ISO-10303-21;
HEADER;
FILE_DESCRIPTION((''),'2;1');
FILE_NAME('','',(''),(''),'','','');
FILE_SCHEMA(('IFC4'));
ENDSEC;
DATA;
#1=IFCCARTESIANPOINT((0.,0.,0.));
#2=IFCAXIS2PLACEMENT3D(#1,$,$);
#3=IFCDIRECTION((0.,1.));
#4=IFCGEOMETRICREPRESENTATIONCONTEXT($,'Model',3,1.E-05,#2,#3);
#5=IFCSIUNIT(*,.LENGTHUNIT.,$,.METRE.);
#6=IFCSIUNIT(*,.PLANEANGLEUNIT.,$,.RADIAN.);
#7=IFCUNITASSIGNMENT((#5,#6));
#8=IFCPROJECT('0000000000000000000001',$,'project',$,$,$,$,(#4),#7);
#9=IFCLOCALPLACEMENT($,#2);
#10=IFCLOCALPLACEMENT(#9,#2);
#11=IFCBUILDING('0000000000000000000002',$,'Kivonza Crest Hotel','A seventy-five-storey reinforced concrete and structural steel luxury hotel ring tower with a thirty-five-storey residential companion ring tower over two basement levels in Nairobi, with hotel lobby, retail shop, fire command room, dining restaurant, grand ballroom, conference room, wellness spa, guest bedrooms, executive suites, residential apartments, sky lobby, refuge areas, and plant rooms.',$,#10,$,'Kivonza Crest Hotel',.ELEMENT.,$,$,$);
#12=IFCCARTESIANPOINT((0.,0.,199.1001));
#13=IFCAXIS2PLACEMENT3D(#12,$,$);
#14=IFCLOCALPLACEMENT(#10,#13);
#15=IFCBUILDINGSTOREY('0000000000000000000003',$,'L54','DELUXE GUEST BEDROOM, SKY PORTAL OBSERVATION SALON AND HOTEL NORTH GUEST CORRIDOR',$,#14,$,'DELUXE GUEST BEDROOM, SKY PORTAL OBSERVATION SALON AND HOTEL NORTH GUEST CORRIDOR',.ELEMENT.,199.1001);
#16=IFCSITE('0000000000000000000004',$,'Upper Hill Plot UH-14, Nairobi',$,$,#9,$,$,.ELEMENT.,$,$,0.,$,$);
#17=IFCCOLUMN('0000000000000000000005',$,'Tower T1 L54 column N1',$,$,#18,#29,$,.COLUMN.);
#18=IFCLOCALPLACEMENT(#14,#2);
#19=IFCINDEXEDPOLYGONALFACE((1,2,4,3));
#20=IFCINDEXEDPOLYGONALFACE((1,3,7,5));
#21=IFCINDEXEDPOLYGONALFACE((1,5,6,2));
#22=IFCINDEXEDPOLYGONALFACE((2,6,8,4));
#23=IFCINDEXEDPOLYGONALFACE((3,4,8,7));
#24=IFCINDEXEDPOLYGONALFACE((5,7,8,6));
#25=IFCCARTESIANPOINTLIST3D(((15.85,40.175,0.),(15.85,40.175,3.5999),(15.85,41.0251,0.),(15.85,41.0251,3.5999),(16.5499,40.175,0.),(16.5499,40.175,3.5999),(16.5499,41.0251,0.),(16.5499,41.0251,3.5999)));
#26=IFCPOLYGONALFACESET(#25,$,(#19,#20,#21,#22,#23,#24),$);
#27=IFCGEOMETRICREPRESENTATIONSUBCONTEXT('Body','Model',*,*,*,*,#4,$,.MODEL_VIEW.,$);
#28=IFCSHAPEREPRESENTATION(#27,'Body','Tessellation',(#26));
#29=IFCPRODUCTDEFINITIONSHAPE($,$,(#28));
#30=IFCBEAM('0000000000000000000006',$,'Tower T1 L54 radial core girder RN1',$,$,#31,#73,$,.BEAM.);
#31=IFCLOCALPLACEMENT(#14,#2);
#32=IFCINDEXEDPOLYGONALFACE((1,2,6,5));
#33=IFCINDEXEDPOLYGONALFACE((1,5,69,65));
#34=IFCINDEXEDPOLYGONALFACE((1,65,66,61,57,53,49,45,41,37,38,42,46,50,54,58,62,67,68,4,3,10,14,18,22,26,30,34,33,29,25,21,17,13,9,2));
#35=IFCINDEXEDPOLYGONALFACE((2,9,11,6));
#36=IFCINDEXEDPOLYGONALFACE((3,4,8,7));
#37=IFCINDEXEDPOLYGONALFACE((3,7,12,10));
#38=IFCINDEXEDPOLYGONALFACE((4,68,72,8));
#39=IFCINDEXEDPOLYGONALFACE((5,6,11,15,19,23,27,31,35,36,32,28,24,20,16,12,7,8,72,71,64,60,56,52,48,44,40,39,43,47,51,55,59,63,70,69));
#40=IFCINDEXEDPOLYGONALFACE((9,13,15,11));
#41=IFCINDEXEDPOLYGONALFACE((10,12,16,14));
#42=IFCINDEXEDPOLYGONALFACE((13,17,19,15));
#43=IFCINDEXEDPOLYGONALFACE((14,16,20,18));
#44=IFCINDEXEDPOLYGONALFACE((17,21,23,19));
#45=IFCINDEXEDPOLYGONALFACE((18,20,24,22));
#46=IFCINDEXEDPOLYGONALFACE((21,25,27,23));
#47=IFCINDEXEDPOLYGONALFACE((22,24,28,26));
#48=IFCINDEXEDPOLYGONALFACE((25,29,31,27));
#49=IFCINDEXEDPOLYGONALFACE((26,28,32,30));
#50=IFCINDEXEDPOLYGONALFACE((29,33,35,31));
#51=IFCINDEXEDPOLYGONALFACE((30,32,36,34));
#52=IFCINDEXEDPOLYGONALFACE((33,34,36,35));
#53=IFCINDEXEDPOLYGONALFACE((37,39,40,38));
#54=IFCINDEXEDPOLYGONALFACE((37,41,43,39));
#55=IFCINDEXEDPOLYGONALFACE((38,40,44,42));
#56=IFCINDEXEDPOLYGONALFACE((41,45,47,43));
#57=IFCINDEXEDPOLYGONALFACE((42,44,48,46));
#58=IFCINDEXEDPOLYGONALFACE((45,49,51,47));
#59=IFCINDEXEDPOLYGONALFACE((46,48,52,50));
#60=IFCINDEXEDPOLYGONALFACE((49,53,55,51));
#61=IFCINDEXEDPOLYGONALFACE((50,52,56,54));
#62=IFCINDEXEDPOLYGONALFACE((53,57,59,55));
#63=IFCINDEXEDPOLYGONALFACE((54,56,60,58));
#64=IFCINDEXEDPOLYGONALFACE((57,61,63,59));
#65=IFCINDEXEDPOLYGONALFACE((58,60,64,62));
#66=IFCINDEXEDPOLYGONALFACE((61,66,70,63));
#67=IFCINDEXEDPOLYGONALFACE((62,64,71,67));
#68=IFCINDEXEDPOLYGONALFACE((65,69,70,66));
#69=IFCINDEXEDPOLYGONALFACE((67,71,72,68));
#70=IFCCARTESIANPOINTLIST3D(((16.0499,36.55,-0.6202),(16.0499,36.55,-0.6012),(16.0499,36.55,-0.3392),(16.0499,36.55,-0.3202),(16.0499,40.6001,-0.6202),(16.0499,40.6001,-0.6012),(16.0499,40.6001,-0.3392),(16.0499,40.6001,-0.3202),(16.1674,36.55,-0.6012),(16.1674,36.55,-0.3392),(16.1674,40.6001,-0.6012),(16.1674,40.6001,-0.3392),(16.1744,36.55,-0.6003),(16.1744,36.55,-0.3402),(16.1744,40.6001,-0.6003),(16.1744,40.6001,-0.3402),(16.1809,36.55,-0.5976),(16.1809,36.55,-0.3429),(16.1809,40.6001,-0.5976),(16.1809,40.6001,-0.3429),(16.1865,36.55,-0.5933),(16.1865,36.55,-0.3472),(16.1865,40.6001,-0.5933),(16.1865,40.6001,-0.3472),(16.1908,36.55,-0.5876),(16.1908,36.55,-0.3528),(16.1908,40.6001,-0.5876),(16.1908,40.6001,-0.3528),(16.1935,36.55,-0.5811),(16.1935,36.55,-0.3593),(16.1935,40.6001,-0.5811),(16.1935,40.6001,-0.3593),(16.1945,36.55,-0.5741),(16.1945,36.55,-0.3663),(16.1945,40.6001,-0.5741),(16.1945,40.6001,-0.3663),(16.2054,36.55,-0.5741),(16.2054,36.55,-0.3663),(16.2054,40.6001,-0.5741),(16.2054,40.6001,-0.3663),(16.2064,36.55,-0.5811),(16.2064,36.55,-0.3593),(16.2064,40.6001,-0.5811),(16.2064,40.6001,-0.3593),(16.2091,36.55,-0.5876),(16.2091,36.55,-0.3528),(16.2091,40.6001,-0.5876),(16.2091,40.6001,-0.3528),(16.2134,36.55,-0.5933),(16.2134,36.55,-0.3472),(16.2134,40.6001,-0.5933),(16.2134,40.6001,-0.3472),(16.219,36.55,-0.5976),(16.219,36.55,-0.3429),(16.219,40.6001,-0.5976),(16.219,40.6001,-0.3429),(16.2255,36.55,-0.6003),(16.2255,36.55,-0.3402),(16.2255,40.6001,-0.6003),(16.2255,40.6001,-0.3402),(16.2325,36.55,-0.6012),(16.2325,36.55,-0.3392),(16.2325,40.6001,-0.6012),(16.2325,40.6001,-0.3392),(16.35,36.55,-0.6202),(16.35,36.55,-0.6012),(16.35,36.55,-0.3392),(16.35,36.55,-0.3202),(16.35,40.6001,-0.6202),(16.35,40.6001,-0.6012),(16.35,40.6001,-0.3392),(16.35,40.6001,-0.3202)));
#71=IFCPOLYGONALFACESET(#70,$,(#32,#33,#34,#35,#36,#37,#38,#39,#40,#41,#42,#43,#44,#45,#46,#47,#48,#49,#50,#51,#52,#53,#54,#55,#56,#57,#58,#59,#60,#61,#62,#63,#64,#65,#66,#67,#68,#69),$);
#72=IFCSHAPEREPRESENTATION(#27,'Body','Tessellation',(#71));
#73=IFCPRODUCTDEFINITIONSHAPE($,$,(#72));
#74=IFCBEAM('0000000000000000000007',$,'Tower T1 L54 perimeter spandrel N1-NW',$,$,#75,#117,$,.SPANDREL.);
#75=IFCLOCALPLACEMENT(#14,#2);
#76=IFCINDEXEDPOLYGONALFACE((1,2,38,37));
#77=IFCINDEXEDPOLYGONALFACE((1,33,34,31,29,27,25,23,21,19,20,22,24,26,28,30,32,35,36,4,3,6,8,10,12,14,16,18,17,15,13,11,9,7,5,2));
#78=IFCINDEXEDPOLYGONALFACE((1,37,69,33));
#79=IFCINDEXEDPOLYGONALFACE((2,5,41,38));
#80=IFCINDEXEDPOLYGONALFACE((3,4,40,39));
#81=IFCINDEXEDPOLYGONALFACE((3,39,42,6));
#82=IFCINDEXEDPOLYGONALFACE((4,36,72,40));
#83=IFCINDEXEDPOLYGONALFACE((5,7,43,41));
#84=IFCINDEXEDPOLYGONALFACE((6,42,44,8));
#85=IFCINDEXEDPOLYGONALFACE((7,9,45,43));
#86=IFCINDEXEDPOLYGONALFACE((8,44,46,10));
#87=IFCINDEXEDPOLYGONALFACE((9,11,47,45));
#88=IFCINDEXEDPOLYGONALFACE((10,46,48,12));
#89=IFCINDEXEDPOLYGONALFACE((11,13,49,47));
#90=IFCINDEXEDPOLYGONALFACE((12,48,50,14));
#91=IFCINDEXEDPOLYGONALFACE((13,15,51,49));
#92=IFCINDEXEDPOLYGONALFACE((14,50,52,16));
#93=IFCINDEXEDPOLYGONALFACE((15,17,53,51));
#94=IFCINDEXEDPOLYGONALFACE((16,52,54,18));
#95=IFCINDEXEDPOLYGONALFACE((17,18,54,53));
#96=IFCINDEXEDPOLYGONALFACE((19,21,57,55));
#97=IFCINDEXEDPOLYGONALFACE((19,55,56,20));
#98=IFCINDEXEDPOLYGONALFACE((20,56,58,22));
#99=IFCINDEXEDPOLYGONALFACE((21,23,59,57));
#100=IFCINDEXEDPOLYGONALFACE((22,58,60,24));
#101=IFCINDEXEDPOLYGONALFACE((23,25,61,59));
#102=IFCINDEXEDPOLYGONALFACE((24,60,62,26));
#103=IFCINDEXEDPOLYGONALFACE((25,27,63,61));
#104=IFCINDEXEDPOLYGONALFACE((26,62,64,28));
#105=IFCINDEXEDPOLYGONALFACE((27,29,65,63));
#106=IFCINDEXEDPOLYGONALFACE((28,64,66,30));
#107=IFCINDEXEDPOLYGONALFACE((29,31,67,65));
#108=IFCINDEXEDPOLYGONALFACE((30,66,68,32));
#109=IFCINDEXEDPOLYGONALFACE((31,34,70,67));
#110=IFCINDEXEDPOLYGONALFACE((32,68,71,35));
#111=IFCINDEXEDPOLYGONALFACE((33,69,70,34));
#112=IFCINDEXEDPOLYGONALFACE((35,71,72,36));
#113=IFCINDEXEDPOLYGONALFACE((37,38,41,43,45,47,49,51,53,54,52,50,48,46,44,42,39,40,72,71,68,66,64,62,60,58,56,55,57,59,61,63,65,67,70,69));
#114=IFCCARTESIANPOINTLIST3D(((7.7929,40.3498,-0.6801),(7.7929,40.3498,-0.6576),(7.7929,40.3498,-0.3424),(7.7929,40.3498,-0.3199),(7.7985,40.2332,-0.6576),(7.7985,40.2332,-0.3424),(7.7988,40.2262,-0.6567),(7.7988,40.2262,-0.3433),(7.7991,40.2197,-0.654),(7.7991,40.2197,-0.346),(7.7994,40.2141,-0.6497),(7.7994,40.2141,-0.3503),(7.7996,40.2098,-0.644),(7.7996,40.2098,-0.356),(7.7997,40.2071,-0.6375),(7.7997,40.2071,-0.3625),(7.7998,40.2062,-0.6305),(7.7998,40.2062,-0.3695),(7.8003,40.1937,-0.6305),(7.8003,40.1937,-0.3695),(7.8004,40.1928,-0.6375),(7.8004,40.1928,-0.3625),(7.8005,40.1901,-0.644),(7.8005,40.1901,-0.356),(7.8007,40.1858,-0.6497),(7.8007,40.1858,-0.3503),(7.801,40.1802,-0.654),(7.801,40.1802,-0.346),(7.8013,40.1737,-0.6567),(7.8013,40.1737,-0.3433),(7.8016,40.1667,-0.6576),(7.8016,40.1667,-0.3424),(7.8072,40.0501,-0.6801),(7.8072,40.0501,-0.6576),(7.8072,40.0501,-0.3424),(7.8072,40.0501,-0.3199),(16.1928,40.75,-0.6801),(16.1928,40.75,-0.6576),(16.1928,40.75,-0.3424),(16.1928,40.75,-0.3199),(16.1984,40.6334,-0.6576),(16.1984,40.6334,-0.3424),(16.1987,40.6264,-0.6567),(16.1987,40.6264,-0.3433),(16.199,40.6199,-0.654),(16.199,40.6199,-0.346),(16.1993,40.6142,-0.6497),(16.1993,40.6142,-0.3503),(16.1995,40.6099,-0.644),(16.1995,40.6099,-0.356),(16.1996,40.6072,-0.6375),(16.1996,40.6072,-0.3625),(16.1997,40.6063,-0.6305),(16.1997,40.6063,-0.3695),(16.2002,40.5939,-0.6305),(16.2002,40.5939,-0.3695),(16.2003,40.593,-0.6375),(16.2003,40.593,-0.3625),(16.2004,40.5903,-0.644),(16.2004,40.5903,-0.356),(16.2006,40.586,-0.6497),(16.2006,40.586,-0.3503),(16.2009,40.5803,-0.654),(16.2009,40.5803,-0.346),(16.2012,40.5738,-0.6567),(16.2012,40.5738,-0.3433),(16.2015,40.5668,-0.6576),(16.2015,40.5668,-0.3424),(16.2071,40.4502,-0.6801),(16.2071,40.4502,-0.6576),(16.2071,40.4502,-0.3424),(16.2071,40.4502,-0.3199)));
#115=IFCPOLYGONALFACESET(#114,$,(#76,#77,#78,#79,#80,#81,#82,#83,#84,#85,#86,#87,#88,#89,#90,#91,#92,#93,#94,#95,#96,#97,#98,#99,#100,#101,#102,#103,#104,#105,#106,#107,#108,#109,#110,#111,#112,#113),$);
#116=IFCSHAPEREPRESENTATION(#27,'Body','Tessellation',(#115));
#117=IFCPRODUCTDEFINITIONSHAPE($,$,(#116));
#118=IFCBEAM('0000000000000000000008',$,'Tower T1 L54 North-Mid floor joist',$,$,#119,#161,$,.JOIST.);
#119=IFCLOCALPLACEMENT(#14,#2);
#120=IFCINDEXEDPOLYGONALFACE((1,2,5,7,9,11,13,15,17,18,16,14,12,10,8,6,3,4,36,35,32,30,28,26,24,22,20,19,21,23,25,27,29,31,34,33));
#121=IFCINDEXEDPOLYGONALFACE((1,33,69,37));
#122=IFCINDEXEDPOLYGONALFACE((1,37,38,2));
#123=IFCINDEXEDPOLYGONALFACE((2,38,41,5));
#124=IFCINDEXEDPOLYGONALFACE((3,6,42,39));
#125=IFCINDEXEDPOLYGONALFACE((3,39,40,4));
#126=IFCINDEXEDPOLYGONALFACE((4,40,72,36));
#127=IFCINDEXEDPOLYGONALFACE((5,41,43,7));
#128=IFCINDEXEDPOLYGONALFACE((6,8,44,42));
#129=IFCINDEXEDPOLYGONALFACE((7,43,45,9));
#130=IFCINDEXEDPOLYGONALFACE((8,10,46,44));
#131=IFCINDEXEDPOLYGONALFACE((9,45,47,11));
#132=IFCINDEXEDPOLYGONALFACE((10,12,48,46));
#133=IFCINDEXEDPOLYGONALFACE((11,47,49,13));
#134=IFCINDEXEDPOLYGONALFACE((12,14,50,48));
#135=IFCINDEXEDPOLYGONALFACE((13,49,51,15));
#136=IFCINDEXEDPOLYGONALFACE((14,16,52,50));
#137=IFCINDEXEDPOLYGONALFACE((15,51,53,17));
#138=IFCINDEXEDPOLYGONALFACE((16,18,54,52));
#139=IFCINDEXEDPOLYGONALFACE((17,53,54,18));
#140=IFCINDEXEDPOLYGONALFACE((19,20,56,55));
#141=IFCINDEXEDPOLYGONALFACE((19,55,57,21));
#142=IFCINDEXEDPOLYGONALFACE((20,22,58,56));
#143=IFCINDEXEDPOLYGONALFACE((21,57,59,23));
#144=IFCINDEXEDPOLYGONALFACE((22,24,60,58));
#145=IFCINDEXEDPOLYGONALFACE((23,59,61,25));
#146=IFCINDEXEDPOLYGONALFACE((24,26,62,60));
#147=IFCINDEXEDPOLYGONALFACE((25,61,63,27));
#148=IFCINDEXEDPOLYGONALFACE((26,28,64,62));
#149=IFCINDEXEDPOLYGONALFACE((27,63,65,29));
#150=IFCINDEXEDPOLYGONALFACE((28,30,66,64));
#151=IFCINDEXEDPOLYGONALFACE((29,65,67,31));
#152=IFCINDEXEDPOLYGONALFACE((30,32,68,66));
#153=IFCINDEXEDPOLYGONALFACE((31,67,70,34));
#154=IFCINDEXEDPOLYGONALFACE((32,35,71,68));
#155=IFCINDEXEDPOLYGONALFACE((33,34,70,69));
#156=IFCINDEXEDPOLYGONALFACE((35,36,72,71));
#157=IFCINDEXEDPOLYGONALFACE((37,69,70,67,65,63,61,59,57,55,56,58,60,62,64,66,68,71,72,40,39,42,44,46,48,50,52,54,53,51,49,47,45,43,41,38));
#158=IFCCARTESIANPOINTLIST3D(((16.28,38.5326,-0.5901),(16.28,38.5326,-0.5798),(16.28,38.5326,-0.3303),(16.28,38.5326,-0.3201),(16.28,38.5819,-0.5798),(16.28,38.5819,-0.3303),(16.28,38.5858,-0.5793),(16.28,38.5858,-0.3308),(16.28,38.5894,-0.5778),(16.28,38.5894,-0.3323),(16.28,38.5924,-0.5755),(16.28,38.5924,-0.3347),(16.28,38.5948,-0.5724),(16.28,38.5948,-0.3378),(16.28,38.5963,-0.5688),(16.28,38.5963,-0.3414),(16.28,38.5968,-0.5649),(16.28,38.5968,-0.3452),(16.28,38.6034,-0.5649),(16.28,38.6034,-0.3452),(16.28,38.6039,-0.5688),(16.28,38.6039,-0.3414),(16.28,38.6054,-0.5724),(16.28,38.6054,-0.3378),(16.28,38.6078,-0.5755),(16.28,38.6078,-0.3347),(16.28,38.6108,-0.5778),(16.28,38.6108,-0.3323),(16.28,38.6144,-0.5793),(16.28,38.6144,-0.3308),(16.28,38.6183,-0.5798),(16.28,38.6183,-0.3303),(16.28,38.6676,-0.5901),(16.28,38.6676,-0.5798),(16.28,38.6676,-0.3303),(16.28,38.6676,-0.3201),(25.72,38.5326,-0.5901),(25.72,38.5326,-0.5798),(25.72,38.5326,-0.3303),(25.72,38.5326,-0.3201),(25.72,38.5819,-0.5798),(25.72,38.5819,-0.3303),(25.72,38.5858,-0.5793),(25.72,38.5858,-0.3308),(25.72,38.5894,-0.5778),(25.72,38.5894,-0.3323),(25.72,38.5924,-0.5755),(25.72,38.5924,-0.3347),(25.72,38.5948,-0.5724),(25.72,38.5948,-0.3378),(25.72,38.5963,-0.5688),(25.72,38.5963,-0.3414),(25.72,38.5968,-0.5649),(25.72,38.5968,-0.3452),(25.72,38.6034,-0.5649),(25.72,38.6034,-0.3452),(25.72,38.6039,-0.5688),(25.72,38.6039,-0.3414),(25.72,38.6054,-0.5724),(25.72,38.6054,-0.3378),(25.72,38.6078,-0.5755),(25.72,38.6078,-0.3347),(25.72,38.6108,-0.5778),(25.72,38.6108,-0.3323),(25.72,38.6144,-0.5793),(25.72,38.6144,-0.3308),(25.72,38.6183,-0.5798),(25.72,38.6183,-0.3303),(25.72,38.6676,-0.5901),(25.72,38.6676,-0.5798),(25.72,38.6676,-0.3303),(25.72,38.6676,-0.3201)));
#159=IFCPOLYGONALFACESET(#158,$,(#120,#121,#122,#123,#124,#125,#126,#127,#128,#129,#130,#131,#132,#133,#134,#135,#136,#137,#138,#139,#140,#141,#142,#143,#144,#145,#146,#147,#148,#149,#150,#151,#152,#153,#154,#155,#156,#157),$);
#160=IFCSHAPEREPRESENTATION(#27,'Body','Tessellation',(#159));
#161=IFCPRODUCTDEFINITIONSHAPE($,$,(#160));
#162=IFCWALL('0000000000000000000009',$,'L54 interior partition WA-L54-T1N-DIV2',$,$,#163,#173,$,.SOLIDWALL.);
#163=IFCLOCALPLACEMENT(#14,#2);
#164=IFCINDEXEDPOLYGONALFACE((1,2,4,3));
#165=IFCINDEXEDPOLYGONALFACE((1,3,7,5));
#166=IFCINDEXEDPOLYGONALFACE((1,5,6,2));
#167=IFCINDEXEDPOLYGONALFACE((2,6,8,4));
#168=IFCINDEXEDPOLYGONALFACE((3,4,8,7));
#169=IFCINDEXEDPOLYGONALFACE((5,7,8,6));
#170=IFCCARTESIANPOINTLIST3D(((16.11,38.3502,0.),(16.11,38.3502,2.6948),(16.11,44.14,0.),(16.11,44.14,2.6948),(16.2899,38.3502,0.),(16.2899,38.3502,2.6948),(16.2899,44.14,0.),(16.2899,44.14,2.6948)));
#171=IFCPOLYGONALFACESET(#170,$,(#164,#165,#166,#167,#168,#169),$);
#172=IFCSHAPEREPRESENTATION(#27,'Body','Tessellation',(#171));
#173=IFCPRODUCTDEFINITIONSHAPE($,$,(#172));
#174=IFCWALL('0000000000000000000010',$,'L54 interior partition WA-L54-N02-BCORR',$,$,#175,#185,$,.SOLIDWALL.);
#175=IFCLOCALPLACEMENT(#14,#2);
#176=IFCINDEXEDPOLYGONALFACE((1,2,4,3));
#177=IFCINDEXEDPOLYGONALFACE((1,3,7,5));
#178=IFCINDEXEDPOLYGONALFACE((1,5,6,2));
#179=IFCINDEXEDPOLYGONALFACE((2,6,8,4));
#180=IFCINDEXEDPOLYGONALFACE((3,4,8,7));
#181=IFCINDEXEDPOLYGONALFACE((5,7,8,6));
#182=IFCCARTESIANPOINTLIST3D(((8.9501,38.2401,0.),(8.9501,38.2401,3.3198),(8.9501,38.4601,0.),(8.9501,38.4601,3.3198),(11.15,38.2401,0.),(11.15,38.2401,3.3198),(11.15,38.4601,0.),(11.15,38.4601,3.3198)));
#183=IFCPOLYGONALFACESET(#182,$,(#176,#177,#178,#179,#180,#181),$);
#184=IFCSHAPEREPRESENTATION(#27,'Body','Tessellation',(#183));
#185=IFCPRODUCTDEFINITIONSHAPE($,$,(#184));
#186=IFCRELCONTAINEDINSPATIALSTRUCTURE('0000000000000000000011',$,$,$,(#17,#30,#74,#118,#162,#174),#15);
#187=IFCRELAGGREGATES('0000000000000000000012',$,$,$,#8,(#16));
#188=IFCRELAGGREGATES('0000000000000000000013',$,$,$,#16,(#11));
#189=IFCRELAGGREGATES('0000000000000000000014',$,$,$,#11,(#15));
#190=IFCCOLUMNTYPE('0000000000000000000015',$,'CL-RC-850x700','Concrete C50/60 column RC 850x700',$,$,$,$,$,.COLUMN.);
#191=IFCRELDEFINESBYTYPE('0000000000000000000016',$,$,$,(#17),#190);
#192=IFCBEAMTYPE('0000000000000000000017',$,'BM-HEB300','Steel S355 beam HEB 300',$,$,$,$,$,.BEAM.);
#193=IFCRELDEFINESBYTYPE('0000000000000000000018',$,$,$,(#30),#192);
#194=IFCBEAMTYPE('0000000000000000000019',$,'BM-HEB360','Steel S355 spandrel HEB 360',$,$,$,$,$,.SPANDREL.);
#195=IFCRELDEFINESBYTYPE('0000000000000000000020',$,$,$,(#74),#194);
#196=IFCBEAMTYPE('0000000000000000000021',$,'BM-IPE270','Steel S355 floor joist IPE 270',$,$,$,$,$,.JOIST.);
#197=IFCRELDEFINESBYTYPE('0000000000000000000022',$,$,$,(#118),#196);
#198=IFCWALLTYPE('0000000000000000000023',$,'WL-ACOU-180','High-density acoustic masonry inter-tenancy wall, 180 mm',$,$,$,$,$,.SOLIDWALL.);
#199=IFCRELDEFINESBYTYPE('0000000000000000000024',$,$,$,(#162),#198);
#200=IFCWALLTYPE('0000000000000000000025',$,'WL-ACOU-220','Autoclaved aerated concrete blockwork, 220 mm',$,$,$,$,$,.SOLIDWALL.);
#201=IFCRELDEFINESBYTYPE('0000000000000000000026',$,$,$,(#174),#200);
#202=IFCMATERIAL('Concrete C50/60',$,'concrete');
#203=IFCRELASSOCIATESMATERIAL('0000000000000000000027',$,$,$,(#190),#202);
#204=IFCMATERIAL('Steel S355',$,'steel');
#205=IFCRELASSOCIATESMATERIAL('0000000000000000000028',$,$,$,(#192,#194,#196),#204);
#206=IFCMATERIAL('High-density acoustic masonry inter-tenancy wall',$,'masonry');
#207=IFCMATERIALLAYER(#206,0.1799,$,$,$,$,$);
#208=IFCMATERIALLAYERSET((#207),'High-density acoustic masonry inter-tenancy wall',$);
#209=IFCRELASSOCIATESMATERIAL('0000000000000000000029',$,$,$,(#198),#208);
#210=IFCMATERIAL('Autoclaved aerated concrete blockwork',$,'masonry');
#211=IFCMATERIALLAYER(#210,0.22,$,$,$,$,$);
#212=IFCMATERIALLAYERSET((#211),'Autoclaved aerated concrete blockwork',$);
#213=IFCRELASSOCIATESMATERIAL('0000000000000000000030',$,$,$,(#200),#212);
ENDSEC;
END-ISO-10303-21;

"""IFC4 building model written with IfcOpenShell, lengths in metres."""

from ifc_helpers import new_model, si_unit, direction, frame, frame_2d, origin, origin_2d, place, context, subcontext, project, spatial, rectangle, i_section, extrude, material, layer, layer_set, material_profile, profile_set, type_object, element, save


model = new_model("IFC4")

# Units and contexts
model_context = context("Model", 3, precision=1e-05, world=origin(), true_north=direction((0.0, 1.0)))
body_context = subcontext(model_context, "Body", "Model", "MODEL_VIEW")
ifc_project = project(units=[si_unit("LENGTHUNIT", "METRE"), si_unit("PLANEANGLEUNIT", "RADIAN")], contexts=[model_context])

# Site, building, storey
site_placement = place(None, origin())
site = spatial("IfcSite", under=ifc_project, at=site_placement, Name="Upper Hill Plot UH-14, Nairobi", CompositionType="ELEMENT", RefElevation=0.0)
building_placement = place(site_placement, origin())
building = spatial("IfcBuilding", under=site, at=building_placement, Name="Kivonza Crest Hotel", Description="A seventy-five-storey reinforced concrete and structural steel luxury hotel ring tower with a thirty-five-storey residential companion ring tower over two basement levels in Nairobi, with hotel lobby, retail shop, fire command room, dining restaurant, grand ballroom, conference room, wellness spa, guest bedrooms, executive suites, residential apartments, sky lobby, refuge areas, and plant rooms.", LongName="Kivonza Crest Hotel", CompositionType="ELEMENT")
storey_placement = place(building_placement, frame((0.0, 0.0, 199.1001)))
storey = spatial("IfcBuildingStorey", under=building, at=storey_placement, Name="L54", Description="DELUXE GUEST BEDROOM, SKY PORTAL OBSERVATION SALON AND HOTEL NORTH GUEST CORRIDOR", LongName="DELUXE GUEST BEDROOM, SKY PORTAL OBSERVATION SALON AND HOTEL NORTH GUEST CORRIDOR", CompositionType="ELEMENT", Elevation=199.1001)

# Column
ifc_material_1 = material(Name="Concrete C50/60", Category="concrete")
ifc_material_profile_1 = material_profile(ifc_material_1, rectangle(XDim=0.7, YDim=0.8501, at=origin_2d()), Name="RC 850x700")
ifc_profile_set_1 = profile_set([ifc_material_profile_1], Name="Concrete C50/60")
column_type = type_object("IfcColumnType", Name="CL-RC-850x700", Description="Concrete C50/60 column RC 850x700", PredefinedType="COLUMN", material=ifc_profile_set_1)
column_placement = place(storey_placement, frame((16.2, 40.6001, 0.0), z_axis=(0.0, 0.0, 1.0), x_axis=(1.0, 0.0, 0.0)))
element("IfcColumn", 1, at=column_placement, inside=storey, type_object=column_type, Name="Tower T1 L54 column N1", PredefinedType="COLUMN", context=body_context, shape_type="SweptSolid", body=[
    extrude(rectangle(XDim=0.7, YDim=0.8501, at=origin_2d()), origin(), (0.0, 0.0, 1.0), 3.5999),
])

# Beams
ifc_material_2 = material(Name="Steel S355", Category="steel")
ifc_material_profile_2 = material_profile(ifc_material_2, i_section(OverallWidth=0.3, OverallDepth=0.3, WebThickness=0.011, FlangeThickness=0.019, FilletRadius=0.0271, at=origin_2d()), Name="HEB 300")
ifc_profile_set_2 = profile_set([ifc_material_profile_2], Name="Steel S355")
beam_type_1 = type_object("IfcBeamType", Name="BM-HEB300", Description="Steel S355 beam HEB 300", PredefinedType="BEAM", material=ifc_profile_set_2)
beam_1_placement = place(storey_placement, frame((16.2, 40.6001, -0.4702), z_axis=(0.0, -1.0, 0.0), x_axis=(1.0, 0.0, 0.0)))
element("IfcBeam", 2, at=beam_1_placement, inside=storey, type_object=beam_type_1, Name="Tower T1 L54 radial core girder RN1", PredefinedType="BEAM", context=body_context, shape_type="SweptSolid", body=[
    extrude(i_section(OverallWidth=0.3, OverallDepth=0.3, WebThickness=0.011, FlangeThickness=0.019, FilletRadius=0.0271, at=origin_2d()), origin(), (0.0, 0.0, 1.0), 4.05),
])
ifc_material_profile_3 = material_profile(ifc_material_2, i_section(OverallWidth=0.3, OverallDepth=0.3601, WebThickness=0.0125, FlangeThickness=0.0225, FilletRadius=0.0271, at=origin_2d()), Name="HEB 360")
ifc_profile_set_3 = profile_set([ifc_material_profile_3], Name="Steel S355")
beam_type_2 = type_object("IfcBeamType", Name="BM-HEB360", Description="Steel S355 spandrel HEB 360", PredefinedType="SPANDREL", material=ifc_profile_set_3)
beam_2_placement = place(storey_placement, frame((16.2, 40.6001, -0.5), z_axis=(-0.998867, -0.047583, 0.0), x_axis=(0.047583, -0.998867, 0.0)))
element("IfcBeam", 3, at=beam_2_placement, inside=storey, type_object=beam_type_2, Name="Tower T1 L54 perimeter spandrel N1-NW", PredefinedType="SPANDREL", context=body_context, shape_type="SweptSolid", body=[
    extrude(i_section(OverallWidth=0.3, OverallDepth=0.3601, WebThickness=0.0125, FlangeThickness=0.0225, FilletRadius=0.0271, at=origin_2d()), origin(), (0.0, 0.0, 1.0), 8.4094),
])
ifc_material_profile_4 = material_profile(ifc_material_2, i_section(OverallWidth=0.135, OverallDepth=0.27, WebThickness=0.0066, FlangeThickness=0.0103, FilletRadius=0.0149, at=origin_2d()), Name="IPE 270")
ifc_profile_set_4 = profile_set([ifc_material_profile_4], Name="Steel S355")
beam_type_3 = type_object("IfcBeamType", Name="BM-IPE270", Description="Steel S355 floor joist IPE 270", PredefinedType="JOIST", material=ifc_profile_set_4)
beam_3_placement = place(storey_placement, frame((16.28, 38.6001, -0.4551), z_axis=(1.0, 0.0, 0.0), x_axis=(0.0, 1.0, 0.0)))
element("IfcBeam", 4, at=beam_3_placement, inside=storey, type_object=beam_type_3, Name="Tower T1 L54 North-Mid floor joist", PredefinedType="JOIST", context=body_context, shape_type="SweptSolid", body=[
    extrude(i_section(OverallWidth=0.135, OverallDepth=0.27, WebThickness=0.0066, FlangeThickness=0.0103, FilletRadius=0.0149, at=origin_2d()), origin(), (0.0, 0.0, 1.0), 9.4399),
])

# Walls
ifc_material_3 = material(Name="High-density acoustic masonry inter-tenancy wall", Category="masonry")
ifc_layer_1 = layer(ifc_material_3, 0.1799)
ifc_layer_set_1 = layer_set([ifc_layer_1], Name="High-density acoustic masonry inter-tenancy wall")
wall_type_1 = type_object("IfcWallType", Name="WL-ACOU-180", Description="High-density acoustic masonry inter-tenancy wall, 180 mm", PredefinedType="SOLIDWALL", material=ifc_layer_set_1)
wall_1_placement = place(storey_placement, frame((16.2, 38.3501, 0.0), z_axis=(0.0, 0.0, 1.0), x_axis=(0.0, 1.0, 0.0)))
element("IfcWall", 5, at=wall_1_placement, inside=storey, type_object=wall_type_1, Name="L54 interior partition WA-L54-T1N-DIV2", PredefinedType="SOLIDWALL", context=body_context, shape_type="SweptSolid", body=[
    extrude(rectangle(XDim=5.7898, YDim=0.1799, at=frame_2d((2.895, 0.0))), origin(), (0.0, 0.0, 1.0), 2.6948),
])
ifc_material_4 = material(Name="Autoclaved aerated concrete blockwork", Category="masonry")
ifc_layer_2 = layer(ifc_material_4, 0.22)
ifc_layer_set_2 = layer_set([ifc_layer_2], Name="Autoclaved aerated concrete blockwork")
wall_type_2 = type_object("IfcWallType", Name="WL-ACOU-220", Description="Autoclaved aerated concrete blockwork, 220 mm", PredefinedType="SOLIDWALL", material=ifc_layer_set_2)
wall_2_placement = place(storey_placement, frame((8.95, 38.3501, 0.0), z_axis=(0.0, 0.0, 1.0), x_axis=(1.0, 0.0, 0.0)))
element("IfcWall", 6, at=wall_2_placement, inside=storey, type_object=wall_type_2, Name="L54 interior partition WA-L54-N02-BCORR", PredefinedType="SOLIDWALL", context=body_context, shape_type="SweptSolid", body=[
    extrude(rectangle(XDim=2.2, YDim=0.22, at=frame_2d((1.1001, 0.0))), origin(), (0.0, 0.0, 1.0), 3.3198),
])

save(model, "model.ifc")
